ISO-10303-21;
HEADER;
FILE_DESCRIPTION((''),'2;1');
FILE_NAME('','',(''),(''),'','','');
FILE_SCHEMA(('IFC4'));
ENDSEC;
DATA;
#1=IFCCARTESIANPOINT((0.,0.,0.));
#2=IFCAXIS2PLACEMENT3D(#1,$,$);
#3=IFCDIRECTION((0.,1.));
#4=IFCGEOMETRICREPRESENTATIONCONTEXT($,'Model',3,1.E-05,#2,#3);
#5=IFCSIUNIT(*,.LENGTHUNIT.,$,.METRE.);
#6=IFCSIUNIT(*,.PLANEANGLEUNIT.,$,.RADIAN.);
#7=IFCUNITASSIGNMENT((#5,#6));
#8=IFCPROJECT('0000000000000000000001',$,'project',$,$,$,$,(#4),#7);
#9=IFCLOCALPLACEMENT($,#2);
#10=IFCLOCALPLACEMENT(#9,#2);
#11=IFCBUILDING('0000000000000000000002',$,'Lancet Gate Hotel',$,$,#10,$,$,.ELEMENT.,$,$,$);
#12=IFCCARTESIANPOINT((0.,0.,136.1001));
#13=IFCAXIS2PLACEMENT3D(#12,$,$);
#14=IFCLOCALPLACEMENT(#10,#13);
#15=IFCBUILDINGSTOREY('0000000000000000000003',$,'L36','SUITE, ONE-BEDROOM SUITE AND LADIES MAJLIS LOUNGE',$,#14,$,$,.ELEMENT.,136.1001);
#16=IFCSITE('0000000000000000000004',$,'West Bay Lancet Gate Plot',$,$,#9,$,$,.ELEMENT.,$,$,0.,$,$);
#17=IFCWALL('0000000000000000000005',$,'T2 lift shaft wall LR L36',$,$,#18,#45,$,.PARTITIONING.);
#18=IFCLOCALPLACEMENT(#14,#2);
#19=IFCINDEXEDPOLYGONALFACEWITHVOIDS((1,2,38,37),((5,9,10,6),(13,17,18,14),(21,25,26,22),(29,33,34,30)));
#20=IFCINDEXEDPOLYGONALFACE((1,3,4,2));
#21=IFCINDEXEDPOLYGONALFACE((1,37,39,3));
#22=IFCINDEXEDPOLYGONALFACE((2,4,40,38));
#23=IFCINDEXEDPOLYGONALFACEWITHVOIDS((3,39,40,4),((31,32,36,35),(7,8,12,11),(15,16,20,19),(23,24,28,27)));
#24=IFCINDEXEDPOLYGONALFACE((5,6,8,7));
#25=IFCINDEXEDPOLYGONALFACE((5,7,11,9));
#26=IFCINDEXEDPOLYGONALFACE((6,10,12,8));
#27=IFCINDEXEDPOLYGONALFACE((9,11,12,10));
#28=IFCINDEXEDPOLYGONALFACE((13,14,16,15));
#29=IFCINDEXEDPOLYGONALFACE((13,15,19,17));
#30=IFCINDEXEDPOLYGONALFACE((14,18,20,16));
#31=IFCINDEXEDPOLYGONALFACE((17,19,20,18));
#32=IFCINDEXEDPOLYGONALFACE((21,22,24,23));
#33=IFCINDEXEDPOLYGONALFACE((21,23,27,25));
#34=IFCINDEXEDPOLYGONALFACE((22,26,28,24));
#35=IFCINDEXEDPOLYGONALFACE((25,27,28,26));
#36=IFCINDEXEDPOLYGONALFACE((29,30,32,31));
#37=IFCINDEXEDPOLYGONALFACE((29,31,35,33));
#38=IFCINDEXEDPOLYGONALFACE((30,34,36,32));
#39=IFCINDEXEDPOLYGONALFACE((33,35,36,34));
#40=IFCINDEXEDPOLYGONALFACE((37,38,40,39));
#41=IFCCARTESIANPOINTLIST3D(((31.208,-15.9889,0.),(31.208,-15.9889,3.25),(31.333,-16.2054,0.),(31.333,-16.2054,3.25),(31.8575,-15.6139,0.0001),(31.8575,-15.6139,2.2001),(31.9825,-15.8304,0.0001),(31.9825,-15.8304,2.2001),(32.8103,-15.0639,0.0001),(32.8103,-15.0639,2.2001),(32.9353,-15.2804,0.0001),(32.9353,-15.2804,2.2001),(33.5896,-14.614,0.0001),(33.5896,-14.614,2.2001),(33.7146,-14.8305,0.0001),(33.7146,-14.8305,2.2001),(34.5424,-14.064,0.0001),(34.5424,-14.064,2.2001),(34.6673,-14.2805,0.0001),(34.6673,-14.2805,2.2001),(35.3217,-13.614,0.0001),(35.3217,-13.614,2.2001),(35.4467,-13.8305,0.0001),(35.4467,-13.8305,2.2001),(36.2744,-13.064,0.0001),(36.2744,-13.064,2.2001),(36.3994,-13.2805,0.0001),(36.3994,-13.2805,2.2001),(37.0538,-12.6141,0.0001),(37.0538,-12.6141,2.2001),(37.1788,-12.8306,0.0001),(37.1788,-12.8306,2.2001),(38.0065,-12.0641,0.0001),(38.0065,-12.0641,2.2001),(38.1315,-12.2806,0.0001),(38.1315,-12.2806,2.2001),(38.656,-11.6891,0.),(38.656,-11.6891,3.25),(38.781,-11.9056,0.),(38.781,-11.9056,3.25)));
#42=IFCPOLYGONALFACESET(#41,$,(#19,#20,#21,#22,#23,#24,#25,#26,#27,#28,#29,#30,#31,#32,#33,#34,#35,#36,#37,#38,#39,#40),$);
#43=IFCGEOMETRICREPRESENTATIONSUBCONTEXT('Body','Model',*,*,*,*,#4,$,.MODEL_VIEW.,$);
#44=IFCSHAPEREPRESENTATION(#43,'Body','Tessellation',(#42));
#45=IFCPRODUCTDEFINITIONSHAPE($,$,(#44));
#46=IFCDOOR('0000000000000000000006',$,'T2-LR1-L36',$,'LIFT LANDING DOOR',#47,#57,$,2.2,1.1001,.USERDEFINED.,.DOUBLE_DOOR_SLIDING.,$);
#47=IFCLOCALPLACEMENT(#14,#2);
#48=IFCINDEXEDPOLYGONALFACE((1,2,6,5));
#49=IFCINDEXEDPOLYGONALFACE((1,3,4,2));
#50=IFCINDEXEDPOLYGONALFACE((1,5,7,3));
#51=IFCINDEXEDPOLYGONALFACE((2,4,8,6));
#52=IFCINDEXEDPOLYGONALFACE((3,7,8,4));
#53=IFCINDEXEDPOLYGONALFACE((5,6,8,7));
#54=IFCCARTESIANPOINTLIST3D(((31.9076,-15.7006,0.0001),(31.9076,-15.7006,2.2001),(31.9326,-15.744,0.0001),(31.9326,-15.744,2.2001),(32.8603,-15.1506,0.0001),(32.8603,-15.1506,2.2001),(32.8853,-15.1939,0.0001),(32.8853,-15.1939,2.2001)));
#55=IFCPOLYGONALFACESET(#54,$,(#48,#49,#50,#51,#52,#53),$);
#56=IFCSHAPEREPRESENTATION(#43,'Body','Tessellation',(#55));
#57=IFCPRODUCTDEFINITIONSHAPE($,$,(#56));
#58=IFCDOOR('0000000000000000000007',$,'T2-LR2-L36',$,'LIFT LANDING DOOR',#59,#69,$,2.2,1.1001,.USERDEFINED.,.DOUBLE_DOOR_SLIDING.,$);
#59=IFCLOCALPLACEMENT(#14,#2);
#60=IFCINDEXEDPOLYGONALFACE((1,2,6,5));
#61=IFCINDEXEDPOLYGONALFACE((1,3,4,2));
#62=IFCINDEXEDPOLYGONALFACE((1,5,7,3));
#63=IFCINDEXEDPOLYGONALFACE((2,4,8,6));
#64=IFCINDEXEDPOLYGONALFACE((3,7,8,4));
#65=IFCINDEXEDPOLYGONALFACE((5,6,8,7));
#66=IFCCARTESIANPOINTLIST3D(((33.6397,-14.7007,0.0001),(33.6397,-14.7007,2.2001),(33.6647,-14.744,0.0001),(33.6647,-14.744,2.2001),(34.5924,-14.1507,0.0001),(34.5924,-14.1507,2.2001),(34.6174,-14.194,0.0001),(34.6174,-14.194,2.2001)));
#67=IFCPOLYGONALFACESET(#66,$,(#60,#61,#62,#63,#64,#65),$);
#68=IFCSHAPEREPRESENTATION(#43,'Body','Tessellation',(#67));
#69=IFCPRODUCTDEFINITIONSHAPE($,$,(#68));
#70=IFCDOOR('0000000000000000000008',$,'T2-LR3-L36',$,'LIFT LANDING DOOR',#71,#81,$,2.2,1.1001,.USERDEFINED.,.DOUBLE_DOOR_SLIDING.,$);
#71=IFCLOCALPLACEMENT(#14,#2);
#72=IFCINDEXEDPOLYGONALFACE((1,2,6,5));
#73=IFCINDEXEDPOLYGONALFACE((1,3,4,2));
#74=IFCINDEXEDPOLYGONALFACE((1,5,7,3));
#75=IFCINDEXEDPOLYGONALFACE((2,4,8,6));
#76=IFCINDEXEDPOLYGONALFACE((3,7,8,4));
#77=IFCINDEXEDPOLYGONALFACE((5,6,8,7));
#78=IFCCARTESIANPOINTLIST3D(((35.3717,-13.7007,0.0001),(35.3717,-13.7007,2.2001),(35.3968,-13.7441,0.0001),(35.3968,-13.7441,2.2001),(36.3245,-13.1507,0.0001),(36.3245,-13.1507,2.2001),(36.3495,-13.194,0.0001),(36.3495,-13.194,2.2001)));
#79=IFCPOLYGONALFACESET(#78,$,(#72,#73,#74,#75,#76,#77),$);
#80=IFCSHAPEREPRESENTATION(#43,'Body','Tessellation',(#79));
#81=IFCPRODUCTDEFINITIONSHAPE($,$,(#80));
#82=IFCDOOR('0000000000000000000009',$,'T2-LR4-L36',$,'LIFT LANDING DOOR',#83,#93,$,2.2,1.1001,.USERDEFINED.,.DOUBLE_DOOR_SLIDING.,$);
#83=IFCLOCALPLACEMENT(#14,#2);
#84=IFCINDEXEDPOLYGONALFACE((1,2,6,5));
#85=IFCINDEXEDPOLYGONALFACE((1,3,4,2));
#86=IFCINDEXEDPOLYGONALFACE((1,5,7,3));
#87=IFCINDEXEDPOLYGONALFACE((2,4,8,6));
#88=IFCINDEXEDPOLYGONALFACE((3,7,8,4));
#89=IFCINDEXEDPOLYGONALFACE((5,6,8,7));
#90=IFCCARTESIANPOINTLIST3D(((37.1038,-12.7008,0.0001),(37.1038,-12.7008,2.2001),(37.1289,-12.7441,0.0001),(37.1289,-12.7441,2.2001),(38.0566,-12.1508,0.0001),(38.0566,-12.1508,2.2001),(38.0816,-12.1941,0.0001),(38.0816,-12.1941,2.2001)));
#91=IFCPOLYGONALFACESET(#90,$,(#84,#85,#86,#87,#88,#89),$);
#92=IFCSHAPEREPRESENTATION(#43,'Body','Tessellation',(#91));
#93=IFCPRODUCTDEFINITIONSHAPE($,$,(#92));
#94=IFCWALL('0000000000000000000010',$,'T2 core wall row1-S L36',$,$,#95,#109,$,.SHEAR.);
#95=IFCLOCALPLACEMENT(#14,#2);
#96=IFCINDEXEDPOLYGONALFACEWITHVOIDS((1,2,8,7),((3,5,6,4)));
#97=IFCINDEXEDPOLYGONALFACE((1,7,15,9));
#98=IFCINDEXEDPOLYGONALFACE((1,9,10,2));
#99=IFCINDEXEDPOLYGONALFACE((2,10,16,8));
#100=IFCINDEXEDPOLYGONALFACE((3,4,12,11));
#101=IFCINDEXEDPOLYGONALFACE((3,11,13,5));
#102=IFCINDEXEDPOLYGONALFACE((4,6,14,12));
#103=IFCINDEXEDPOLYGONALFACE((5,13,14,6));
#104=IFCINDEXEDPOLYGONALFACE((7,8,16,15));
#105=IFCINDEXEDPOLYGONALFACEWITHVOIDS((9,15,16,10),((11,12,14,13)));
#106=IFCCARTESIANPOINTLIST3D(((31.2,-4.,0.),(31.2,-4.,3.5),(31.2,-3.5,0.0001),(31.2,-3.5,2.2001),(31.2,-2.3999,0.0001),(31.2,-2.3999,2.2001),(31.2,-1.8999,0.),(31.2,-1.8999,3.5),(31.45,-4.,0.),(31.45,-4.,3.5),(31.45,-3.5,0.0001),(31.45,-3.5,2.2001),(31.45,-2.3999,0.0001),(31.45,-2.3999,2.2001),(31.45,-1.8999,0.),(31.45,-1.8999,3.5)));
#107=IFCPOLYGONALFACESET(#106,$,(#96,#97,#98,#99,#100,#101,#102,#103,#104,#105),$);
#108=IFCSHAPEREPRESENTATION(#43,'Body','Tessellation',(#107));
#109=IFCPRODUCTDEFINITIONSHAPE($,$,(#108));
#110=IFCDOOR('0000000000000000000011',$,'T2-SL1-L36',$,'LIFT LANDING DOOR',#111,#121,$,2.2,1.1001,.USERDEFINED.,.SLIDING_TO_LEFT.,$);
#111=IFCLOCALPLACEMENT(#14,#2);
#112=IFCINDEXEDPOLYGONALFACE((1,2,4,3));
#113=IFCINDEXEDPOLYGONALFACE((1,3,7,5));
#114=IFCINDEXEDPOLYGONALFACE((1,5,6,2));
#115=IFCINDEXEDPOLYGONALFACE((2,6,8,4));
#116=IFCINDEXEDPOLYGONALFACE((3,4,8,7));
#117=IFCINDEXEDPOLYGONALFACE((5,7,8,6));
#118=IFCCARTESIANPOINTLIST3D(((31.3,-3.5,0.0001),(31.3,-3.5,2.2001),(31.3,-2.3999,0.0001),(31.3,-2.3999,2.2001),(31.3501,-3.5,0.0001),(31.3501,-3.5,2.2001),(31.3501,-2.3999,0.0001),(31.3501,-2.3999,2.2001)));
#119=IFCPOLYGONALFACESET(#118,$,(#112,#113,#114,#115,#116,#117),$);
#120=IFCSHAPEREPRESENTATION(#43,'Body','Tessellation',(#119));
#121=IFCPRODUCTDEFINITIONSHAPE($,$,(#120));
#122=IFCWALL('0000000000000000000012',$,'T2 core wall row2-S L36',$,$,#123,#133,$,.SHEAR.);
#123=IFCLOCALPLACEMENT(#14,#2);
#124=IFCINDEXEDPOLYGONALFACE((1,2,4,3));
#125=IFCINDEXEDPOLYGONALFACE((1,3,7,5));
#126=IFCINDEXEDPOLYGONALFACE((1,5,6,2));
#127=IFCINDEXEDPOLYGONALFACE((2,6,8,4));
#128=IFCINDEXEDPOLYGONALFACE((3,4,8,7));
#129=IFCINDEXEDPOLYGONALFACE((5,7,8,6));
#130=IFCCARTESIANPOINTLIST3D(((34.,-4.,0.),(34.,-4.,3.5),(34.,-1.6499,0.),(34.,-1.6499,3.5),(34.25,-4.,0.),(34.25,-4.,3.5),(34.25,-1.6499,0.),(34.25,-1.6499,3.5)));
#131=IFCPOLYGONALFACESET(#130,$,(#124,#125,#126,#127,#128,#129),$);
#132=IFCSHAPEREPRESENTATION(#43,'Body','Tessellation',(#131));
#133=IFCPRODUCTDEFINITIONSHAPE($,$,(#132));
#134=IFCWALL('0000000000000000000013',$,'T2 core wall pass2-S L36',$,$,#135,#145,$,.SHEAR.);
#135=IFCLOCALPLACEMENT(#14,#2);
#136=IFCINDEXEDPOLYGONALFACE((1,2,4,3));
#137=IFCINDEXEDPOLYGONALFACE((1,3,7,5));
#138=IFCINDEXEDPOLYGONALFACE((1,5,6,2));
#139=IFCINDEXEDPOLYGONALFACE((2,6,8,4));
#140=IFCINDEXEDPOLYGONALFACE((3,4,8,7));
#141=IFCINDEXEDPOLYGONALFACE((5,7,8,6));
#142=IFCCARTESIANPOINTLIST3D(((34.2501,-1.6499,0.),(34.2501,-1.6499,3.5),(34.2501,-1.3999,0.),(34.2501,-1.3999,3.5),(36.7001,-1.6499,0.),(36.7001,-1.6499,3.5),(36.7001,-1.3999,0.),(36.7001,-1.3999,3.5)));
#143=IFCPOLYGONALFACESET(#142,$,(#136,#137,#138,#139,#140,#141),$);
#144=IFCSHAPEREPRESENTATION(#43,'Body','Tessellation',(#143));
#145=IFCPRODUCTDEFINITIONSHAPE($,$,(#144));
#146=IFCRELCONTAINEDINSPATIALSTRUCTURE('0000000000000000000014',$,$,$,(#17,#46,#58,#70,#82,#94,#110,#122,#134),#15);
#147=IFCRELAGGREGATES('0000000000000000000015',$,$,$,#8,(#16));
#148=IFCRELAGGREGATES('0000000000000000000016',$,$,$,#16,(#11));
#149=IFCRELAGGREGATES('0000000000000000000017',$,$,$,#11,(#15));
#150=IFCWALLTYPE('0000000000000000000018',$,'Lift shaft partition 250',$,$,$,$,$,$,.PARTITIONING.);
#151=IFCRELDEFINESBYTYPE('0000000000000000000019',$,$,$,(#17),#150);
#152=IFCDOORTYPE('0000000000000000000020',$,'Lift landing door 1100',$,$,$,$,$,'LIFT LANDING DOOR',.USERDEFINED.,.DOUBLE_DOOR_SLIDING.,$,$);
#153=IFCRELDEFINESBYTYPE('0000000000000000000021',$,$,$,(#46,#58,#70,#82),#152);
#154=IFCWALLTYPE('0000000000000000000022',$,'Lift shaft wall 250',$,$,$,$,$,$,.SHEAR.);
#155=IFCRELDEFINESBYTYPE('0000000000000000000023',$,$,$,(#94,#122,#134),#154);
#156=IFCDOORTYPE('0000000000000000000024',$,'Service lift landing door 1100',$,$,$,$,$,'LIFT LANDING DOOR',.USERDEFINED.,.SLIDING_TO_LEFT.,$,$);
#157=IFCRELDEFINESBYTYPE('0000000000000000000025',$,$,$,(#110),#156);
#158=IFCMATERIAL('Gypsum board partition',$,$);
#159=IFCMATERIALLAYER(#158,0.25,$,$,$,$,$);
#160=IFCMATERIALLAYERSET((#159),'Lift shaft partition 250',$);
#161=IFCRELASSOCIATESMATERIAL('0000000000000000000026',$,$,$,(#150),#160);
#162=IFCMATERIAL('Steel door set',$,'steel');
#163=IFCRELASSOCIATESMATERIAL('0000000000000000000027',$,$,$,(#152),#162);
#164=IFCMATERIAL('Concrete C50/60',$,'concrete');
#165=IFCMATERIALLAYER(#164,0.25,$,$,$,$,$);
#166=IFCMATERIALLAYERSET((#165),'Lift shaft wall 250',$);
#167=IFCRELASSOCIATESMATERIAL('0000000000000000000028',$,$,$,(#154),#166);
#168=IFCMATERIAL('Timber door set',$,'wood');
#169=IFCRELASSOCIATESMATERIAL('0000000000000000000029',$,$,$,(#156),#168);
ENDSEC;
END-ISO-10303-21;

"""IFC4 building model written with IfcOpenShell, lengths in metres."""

from ifc_helpers import new_model, si_unit, direction, frame, frame_2d, origin, place, context, subcontext, project, spatial, rectangle, extrude, material, layer, layer_set, type_object, element, fill, save


model = new_model("IFC4")

# Units and contexts
model_context = context("Model", 3, precision=1e-05, world=origin(), true_north=direction((0.0, 1.0)))
body_context = subcontext(model_context, "Body", "Model", "MODEL_VIEW")
ifc_project = project(units=[si_unit("LENGTHUNIT", "METRE"), si_unit("PLANEANGLEUNIT", "RADIAN")], contexts=[model_context])

# Site, building, storey
site_placement = place(None, origin())
site = spatial("IfcSite", under=ifc_project, at=site_placement, Name="West Bay Lancet Gate Plot", CompositionType="ELEMENT", RefElevation=0.0)
building_placement = place(site_placement, origin())
building = spatial("IfcBuilding", under=site, at=building_placement, Name="Lancet Gate Hotel", CompositionType="ELEMENT")
storey_placement = place(building_placement, frame((0.0, 0.0, 136.1001)))
storey = spatial("IfcBuildingStorey", under=building, at=storey_placement, Name="L36", Description="SUITE, ONE-BEDROOM SUITE AND LADIES MAJLIS LOUNGE", CompositionType="ELEMENT", Elevation=136.1001)

# Wall, openings, doors
ifc_material_1 = material(Name="Gypsum board partition")
ifc_layer_1 = layer(ifc_material_1, 0.25)
ifc_layer_set_1 = layer_set([ifc_layer_1], Name="Lift shaft partition 250")
wall_type_1 = type_object("IfcWallType", Name="Lift shaft partition 250", PredefinedType="PARTITIONING", material=ifc_layer_set_1)
wall_1_placement = place(storey_placement, frame((31.2705, -16.0972, 0.0), z_axis=(0.0, 0.0, 1.0), x_axis=(0.86604, 0.499974, 0.0)))
wall_1 = element("IfcWall", 1, at=wall_1_placement, inside=storey, type_object=wall_type_1, Name="T2 lift shaft wall LR L36", PredefinedType="PARTITIONING", context=body_context, shape_type="SweptSolid", body=[
    extrude(rectangle(XDim=8.6001, YDim=0.25, at=frame_2d((4.3, 0.0))), origin(), (0.0, 0.0, 1.0), 3.25),
])
opening_1_placement = place(wall_1_placement, frame((0.75, 0.0, 0.0)))
opening_1 = element("IfcOpeningElement", 2, at=opening_1_placement, cuts=wall_1, PredefinedType="OPENING", context=body_context, shape_type="SweptSolid", body=[
    extrude(rectangle(XDim=1.1001, YDim=2.2, at=frame_2d((0.55, 1.1001))), frame((0.0, 0.135, 0.0), z_axis=(0.0, -1.0, 0.0), x_axis=(1.0, 0.0, 0.0)), (0.0, 0.0, 1.0), 0.27),
])
opening_2_placement = place(wall_1_placement, frame((2.75, 0.0, 0.0)))
opening_2 = element("IfcOpeningElement", 3, at=opening_2_placement, cuts=wall_1, PredefinedType="OPENING", context=body_context, shape_type="SweptSolid", body=[
    extrude(rectangle(XDim=1.1001, YDim=2.2, at=frame_2d((0.55, 1.1001))), frame((0.0, 0.135, 0.0), z_axis=(0.0, -1.0, 0.0), x_axis=(1.0, 0.0, 0.0)), (0.0, 0.0, 1.0), 0.27),
])
opening_3_placement = place(wall_1_placement, frame((4.75, 0.0, 0.0)))
opening_3 = element("IfcOpeningElement", 4, at=opening_3_placement, cuts=wall_1, PredefinedType="OPENING", context=body_context, shape_type="SweptSolid", body=[
    extrude(rectangle(XDim=1.1001, YDim=2.2, at=frame_2d((0.55, 1.1001))), frame((0.0, 0.135, 0.0), z_axis=(0.0, -1.0, 0.0), x_axis=(1.0, 0.0, 0.0)), (0.0, 0.0, 1.0), 0.27),
])
opening_4_placement = place(wall_1_placement, frame((6.75, 0.0, 0.0)))
opening_4 = element("IfcOpeningElement", 5, at=opening_4_placement, cuts=wall_1, PredefinedType="OPENING", context=body_context, shape_type="SweptSolid", body=[
    extrude(rectangle(XDim=1.1001, YDim=2.2, at=frame_2d((0.55, 1.1001))), frame((0.0, 0.135, 0.0), z_axis=(0.0, -1.0, 0.0), x_axis=(1.0, 0.0, 0.0)), (0.0, 0.0, 1.0), 0.27),
])
ifc_material_2 = material(Name="Steel door set", Category="steel")
door_type_1 = type_object("IfcDoorType", Name="Lift landing door 1100", ElementType="LIFT LANDING DOOR", OperationType="DOUBLE_DOOR_SLIDING", PredefinedType="USERDEFINED", material=ifc_material_2)
door_1_placement = place(opening_1_placement, origin())
door_1 = element("IfcDoor", 6, at=door_1_placement, inside=storey, type_object=door_type_1, Name="T2-LR1-L36", ObjectType="LIFT LANDING DOOR", OperationType="DOUBLE_DOOR_SLIDING", OverallHeight=2.2, OverallWidth=1.1001, PredefinedType="USERDEFINED", context=body_context, shape_type="SweptSolid", body=[
    extrude(rectangle(XDim=1.1001, YDim=2.2, at=frame_2d((0.55, 1.1001))), frame((0.0, 0.0249, 0.0), z_axis=(0.0, -1.0, 0.0), x_axis=(1.0, 0.0, 0.0)), (0.0, 0.0, 1.0), 0.05),
])
fill(opening_1, door_1)
door_2_placement = place(opening_2_placement, origin())
door_2 = element("IfcDoor", 7, at=door_2_placement, inside=storey, type_object=door_type_1, Name="T2-LR2-L36", ObjectType="LIFT LANDING DOOR", OperationType="DOUBLE_DOOR_SLIDING", OverallHeight=2.2, OverallWidth=1.1001, PredefinedType="USERDEFINED", context=body_context, shape_type="SweptSolid", body=[
    extrude(rectangle(XDim=1.1001, YDim=2.2, at=frame_2d((0.55, 1.1001))), frame((0.0, 0.0249, 0.0), z_axis=(0.0, -1.0, 0.0), x_axis=(1.0, 0.0, 0.0)), (0.0, 0.0, 1.0), 0.05),
])
fill(opening_2, door_2)
door_3_placement = place(opening_3_placement, origin())
door_3 = element("IfcDoor", 8, at=door_3_placement, inside=storey, type_object=door_type_1, Name="T2-LR3-L36", ObjectType="LIFT LANDING DOOR", OperationType="DOUBLE_DOOR_SLIDING", OverallHeight=2.2, OverallWidth=1.1001, PredefinedType="USERDEFINED", context=body_context, shape_type="SweptSolid", body=[
    extrude(rectangle(XDim=1.1001, YDim=2.2, at=frame_2d((0.55, 1.1001))), frame((0.0, 0.0249, 0.0), z_axis=(0.0, -1.0, 0.0), x_axis=(1.0, 0.0, 0.0)), (0.0, 0.0, 1.0), 0.05),
])
fill(opening_3, door_3)
door_4_placement = place(opening_4_placement, origin())
door_4 = element("IfcDoor", 9, at=door_4_placement, inside=storey, type_object=door_type_1, Name="T2-LR4-L36", ObjectType="LIFT LANDING DOOR", OperationType="DOUBLE_DOOR_SLIDING", OverallHeight=2.2, OverallWidth=1.1001, PredefinedType="USERDEFINED", context=body_context, shape_type="SweptSolid", body=[
    extrude(rectangle(XDim=1.1001, YDim=2.2, at=frame_2d((0.55, 1.1001))), frame((0.0, 0.0249, 0.0), z_axis=(0.0, -1.0, 0.0), x_axis=(1.0, 0.0, 0.0)), (0.0, 0.0, 1.0), 0.05),
])
fill(opening_4, door_4)

# Wall, opening, door
ifc_material_3 = material(Name="Concrete C50/60", Category="concrete")
ifc_layer_2 = layer(ifc_material_3, 0.25)
ifc_layer_set_2 = layer_set([ifc_layer_2], Name="Lift shaft wall 250")
wall_type_2 = type_object("IfcWallType", Name="Lift shaft wall 250", PredefinedType="SHEAR", material=ifc_layer_set_2)
wall_2_placement = place(storey_placement, frame((31.325, -4.0, 0.0), z_axis=(0.0, 0.0, 1.0), x_axis=(0.0, 1.0, 0.0)))
wall_2 = element("IfcWall", 10, at=wall_2_placement, inside=storey, type_object=wall_type_2, Name="T2 core wall row1-S L36", PredefinedType="SHEAR", context=body_context, shape_type="SweptSolid", body=[
    extrude(rectangle(XDim=2.1001, YDim=0.25, at=frame_2d((1.05, 0.0))), origin(), (0.0, 0.0, 1.0), 3.5),
])
opening_5_placement = place(wall_2_placement, frame((0.5, 0.0, 0.0)))
opening_5 = element("IfcOpeningElement", 11, at=opening_5_placement, cuts=wall_2, PredefinedType="OPENING", context=body_context, shape_type="SweptSolid", body=[
    extrude(rectangle(XDim=1.1001, YDim=2.2, at=frame_2d((0.55, 1.1001))), frame((0.0, 0.135, 0.0), z_axis=(0.0, -1.0, 0.0), x_axis=(1.0, 0.0, 0.0)), (0.0, 0.0, 1.0), 0.27),
])
ifc_material_4 = material(Name="Timber door set", Category="wood")
door_type_2 = type_object("IfcDoorType", Name="Service lift landing door 1100", ElementType="LIFT LANDING DOOR", OperationType="SLIDING_TO_LEFT", PredefinedType="USERDEFINED", material=ifc_material_4)
door_5_placement = place(opening_5_placement, origin())
door_5 = element("IfcDoor", 12, at=door_5_placement, inside=storey, type_object=door_type_2, Name="T2-SL1-L36", ObjectType="LIFT LANDING DOOR", OperationType="SLIDING_TO_LEFT", OverallHeight=2.2, OverallWidth=1.1001, PredefinedType="USERDEFINED", context=body_context, shape_type="SweptSolid", body=[
    extrude(rectangle(XDim=1.1001, YDim=2.2, at=frame_2d((0.55, 1.1001))), frame((0.0, 0.0249, 0.0), z_axis=(0.0, -1.0, 0.0), x_axis=(1.0, 0.0, 0.0)), (0.0, 0.0, 1.0), 0.05),
])
fill(opening_5, door_5)

# Walls
wall_3_placement = place(storey_placement, frame((34.125, -4.0, 0.0), z_axis=(0.0, 0.0, 1.0), x_axis=(0.0, 1.0, 0.0)))
element("IfcWall", 13, at=wall_3_placement, inside=storey, type_object=wall_type_2, Name="T2 core wall row2-S L36", PredefinedType="SHEAR", context=body_context, shape_type="SweptSolid", body=[
    extrude(rectangle(XDim=2.3501, YDim=0.25, at=frame_2d((1.175, 0.0))), origin(), (0.0, 0.0, 1.0), 3.5),
])
wall_4_placement = place(storey_placement, frame((34.25, -1.5249, 0.0), z_axis=(0.0, 0.0, 1.0), x_axis=(1.0, 0.0, 0.0)))
element("IfcWall", 14, at=wall_4_placement, inside=storey, type_object=wall_type_2, Name="T2 core wall pass2-S L36", PredefinedType="SHEAR", context=body_context, shape_type="SweptSolid", body=[
    extrude(rectangle(XDim=2.45, YDim=0.25, at=frame_2d((1.2251, 0.0))), origin(), (0.0, 0.0, 1.0), 3.5),
])

save(model, "model.ifc")
